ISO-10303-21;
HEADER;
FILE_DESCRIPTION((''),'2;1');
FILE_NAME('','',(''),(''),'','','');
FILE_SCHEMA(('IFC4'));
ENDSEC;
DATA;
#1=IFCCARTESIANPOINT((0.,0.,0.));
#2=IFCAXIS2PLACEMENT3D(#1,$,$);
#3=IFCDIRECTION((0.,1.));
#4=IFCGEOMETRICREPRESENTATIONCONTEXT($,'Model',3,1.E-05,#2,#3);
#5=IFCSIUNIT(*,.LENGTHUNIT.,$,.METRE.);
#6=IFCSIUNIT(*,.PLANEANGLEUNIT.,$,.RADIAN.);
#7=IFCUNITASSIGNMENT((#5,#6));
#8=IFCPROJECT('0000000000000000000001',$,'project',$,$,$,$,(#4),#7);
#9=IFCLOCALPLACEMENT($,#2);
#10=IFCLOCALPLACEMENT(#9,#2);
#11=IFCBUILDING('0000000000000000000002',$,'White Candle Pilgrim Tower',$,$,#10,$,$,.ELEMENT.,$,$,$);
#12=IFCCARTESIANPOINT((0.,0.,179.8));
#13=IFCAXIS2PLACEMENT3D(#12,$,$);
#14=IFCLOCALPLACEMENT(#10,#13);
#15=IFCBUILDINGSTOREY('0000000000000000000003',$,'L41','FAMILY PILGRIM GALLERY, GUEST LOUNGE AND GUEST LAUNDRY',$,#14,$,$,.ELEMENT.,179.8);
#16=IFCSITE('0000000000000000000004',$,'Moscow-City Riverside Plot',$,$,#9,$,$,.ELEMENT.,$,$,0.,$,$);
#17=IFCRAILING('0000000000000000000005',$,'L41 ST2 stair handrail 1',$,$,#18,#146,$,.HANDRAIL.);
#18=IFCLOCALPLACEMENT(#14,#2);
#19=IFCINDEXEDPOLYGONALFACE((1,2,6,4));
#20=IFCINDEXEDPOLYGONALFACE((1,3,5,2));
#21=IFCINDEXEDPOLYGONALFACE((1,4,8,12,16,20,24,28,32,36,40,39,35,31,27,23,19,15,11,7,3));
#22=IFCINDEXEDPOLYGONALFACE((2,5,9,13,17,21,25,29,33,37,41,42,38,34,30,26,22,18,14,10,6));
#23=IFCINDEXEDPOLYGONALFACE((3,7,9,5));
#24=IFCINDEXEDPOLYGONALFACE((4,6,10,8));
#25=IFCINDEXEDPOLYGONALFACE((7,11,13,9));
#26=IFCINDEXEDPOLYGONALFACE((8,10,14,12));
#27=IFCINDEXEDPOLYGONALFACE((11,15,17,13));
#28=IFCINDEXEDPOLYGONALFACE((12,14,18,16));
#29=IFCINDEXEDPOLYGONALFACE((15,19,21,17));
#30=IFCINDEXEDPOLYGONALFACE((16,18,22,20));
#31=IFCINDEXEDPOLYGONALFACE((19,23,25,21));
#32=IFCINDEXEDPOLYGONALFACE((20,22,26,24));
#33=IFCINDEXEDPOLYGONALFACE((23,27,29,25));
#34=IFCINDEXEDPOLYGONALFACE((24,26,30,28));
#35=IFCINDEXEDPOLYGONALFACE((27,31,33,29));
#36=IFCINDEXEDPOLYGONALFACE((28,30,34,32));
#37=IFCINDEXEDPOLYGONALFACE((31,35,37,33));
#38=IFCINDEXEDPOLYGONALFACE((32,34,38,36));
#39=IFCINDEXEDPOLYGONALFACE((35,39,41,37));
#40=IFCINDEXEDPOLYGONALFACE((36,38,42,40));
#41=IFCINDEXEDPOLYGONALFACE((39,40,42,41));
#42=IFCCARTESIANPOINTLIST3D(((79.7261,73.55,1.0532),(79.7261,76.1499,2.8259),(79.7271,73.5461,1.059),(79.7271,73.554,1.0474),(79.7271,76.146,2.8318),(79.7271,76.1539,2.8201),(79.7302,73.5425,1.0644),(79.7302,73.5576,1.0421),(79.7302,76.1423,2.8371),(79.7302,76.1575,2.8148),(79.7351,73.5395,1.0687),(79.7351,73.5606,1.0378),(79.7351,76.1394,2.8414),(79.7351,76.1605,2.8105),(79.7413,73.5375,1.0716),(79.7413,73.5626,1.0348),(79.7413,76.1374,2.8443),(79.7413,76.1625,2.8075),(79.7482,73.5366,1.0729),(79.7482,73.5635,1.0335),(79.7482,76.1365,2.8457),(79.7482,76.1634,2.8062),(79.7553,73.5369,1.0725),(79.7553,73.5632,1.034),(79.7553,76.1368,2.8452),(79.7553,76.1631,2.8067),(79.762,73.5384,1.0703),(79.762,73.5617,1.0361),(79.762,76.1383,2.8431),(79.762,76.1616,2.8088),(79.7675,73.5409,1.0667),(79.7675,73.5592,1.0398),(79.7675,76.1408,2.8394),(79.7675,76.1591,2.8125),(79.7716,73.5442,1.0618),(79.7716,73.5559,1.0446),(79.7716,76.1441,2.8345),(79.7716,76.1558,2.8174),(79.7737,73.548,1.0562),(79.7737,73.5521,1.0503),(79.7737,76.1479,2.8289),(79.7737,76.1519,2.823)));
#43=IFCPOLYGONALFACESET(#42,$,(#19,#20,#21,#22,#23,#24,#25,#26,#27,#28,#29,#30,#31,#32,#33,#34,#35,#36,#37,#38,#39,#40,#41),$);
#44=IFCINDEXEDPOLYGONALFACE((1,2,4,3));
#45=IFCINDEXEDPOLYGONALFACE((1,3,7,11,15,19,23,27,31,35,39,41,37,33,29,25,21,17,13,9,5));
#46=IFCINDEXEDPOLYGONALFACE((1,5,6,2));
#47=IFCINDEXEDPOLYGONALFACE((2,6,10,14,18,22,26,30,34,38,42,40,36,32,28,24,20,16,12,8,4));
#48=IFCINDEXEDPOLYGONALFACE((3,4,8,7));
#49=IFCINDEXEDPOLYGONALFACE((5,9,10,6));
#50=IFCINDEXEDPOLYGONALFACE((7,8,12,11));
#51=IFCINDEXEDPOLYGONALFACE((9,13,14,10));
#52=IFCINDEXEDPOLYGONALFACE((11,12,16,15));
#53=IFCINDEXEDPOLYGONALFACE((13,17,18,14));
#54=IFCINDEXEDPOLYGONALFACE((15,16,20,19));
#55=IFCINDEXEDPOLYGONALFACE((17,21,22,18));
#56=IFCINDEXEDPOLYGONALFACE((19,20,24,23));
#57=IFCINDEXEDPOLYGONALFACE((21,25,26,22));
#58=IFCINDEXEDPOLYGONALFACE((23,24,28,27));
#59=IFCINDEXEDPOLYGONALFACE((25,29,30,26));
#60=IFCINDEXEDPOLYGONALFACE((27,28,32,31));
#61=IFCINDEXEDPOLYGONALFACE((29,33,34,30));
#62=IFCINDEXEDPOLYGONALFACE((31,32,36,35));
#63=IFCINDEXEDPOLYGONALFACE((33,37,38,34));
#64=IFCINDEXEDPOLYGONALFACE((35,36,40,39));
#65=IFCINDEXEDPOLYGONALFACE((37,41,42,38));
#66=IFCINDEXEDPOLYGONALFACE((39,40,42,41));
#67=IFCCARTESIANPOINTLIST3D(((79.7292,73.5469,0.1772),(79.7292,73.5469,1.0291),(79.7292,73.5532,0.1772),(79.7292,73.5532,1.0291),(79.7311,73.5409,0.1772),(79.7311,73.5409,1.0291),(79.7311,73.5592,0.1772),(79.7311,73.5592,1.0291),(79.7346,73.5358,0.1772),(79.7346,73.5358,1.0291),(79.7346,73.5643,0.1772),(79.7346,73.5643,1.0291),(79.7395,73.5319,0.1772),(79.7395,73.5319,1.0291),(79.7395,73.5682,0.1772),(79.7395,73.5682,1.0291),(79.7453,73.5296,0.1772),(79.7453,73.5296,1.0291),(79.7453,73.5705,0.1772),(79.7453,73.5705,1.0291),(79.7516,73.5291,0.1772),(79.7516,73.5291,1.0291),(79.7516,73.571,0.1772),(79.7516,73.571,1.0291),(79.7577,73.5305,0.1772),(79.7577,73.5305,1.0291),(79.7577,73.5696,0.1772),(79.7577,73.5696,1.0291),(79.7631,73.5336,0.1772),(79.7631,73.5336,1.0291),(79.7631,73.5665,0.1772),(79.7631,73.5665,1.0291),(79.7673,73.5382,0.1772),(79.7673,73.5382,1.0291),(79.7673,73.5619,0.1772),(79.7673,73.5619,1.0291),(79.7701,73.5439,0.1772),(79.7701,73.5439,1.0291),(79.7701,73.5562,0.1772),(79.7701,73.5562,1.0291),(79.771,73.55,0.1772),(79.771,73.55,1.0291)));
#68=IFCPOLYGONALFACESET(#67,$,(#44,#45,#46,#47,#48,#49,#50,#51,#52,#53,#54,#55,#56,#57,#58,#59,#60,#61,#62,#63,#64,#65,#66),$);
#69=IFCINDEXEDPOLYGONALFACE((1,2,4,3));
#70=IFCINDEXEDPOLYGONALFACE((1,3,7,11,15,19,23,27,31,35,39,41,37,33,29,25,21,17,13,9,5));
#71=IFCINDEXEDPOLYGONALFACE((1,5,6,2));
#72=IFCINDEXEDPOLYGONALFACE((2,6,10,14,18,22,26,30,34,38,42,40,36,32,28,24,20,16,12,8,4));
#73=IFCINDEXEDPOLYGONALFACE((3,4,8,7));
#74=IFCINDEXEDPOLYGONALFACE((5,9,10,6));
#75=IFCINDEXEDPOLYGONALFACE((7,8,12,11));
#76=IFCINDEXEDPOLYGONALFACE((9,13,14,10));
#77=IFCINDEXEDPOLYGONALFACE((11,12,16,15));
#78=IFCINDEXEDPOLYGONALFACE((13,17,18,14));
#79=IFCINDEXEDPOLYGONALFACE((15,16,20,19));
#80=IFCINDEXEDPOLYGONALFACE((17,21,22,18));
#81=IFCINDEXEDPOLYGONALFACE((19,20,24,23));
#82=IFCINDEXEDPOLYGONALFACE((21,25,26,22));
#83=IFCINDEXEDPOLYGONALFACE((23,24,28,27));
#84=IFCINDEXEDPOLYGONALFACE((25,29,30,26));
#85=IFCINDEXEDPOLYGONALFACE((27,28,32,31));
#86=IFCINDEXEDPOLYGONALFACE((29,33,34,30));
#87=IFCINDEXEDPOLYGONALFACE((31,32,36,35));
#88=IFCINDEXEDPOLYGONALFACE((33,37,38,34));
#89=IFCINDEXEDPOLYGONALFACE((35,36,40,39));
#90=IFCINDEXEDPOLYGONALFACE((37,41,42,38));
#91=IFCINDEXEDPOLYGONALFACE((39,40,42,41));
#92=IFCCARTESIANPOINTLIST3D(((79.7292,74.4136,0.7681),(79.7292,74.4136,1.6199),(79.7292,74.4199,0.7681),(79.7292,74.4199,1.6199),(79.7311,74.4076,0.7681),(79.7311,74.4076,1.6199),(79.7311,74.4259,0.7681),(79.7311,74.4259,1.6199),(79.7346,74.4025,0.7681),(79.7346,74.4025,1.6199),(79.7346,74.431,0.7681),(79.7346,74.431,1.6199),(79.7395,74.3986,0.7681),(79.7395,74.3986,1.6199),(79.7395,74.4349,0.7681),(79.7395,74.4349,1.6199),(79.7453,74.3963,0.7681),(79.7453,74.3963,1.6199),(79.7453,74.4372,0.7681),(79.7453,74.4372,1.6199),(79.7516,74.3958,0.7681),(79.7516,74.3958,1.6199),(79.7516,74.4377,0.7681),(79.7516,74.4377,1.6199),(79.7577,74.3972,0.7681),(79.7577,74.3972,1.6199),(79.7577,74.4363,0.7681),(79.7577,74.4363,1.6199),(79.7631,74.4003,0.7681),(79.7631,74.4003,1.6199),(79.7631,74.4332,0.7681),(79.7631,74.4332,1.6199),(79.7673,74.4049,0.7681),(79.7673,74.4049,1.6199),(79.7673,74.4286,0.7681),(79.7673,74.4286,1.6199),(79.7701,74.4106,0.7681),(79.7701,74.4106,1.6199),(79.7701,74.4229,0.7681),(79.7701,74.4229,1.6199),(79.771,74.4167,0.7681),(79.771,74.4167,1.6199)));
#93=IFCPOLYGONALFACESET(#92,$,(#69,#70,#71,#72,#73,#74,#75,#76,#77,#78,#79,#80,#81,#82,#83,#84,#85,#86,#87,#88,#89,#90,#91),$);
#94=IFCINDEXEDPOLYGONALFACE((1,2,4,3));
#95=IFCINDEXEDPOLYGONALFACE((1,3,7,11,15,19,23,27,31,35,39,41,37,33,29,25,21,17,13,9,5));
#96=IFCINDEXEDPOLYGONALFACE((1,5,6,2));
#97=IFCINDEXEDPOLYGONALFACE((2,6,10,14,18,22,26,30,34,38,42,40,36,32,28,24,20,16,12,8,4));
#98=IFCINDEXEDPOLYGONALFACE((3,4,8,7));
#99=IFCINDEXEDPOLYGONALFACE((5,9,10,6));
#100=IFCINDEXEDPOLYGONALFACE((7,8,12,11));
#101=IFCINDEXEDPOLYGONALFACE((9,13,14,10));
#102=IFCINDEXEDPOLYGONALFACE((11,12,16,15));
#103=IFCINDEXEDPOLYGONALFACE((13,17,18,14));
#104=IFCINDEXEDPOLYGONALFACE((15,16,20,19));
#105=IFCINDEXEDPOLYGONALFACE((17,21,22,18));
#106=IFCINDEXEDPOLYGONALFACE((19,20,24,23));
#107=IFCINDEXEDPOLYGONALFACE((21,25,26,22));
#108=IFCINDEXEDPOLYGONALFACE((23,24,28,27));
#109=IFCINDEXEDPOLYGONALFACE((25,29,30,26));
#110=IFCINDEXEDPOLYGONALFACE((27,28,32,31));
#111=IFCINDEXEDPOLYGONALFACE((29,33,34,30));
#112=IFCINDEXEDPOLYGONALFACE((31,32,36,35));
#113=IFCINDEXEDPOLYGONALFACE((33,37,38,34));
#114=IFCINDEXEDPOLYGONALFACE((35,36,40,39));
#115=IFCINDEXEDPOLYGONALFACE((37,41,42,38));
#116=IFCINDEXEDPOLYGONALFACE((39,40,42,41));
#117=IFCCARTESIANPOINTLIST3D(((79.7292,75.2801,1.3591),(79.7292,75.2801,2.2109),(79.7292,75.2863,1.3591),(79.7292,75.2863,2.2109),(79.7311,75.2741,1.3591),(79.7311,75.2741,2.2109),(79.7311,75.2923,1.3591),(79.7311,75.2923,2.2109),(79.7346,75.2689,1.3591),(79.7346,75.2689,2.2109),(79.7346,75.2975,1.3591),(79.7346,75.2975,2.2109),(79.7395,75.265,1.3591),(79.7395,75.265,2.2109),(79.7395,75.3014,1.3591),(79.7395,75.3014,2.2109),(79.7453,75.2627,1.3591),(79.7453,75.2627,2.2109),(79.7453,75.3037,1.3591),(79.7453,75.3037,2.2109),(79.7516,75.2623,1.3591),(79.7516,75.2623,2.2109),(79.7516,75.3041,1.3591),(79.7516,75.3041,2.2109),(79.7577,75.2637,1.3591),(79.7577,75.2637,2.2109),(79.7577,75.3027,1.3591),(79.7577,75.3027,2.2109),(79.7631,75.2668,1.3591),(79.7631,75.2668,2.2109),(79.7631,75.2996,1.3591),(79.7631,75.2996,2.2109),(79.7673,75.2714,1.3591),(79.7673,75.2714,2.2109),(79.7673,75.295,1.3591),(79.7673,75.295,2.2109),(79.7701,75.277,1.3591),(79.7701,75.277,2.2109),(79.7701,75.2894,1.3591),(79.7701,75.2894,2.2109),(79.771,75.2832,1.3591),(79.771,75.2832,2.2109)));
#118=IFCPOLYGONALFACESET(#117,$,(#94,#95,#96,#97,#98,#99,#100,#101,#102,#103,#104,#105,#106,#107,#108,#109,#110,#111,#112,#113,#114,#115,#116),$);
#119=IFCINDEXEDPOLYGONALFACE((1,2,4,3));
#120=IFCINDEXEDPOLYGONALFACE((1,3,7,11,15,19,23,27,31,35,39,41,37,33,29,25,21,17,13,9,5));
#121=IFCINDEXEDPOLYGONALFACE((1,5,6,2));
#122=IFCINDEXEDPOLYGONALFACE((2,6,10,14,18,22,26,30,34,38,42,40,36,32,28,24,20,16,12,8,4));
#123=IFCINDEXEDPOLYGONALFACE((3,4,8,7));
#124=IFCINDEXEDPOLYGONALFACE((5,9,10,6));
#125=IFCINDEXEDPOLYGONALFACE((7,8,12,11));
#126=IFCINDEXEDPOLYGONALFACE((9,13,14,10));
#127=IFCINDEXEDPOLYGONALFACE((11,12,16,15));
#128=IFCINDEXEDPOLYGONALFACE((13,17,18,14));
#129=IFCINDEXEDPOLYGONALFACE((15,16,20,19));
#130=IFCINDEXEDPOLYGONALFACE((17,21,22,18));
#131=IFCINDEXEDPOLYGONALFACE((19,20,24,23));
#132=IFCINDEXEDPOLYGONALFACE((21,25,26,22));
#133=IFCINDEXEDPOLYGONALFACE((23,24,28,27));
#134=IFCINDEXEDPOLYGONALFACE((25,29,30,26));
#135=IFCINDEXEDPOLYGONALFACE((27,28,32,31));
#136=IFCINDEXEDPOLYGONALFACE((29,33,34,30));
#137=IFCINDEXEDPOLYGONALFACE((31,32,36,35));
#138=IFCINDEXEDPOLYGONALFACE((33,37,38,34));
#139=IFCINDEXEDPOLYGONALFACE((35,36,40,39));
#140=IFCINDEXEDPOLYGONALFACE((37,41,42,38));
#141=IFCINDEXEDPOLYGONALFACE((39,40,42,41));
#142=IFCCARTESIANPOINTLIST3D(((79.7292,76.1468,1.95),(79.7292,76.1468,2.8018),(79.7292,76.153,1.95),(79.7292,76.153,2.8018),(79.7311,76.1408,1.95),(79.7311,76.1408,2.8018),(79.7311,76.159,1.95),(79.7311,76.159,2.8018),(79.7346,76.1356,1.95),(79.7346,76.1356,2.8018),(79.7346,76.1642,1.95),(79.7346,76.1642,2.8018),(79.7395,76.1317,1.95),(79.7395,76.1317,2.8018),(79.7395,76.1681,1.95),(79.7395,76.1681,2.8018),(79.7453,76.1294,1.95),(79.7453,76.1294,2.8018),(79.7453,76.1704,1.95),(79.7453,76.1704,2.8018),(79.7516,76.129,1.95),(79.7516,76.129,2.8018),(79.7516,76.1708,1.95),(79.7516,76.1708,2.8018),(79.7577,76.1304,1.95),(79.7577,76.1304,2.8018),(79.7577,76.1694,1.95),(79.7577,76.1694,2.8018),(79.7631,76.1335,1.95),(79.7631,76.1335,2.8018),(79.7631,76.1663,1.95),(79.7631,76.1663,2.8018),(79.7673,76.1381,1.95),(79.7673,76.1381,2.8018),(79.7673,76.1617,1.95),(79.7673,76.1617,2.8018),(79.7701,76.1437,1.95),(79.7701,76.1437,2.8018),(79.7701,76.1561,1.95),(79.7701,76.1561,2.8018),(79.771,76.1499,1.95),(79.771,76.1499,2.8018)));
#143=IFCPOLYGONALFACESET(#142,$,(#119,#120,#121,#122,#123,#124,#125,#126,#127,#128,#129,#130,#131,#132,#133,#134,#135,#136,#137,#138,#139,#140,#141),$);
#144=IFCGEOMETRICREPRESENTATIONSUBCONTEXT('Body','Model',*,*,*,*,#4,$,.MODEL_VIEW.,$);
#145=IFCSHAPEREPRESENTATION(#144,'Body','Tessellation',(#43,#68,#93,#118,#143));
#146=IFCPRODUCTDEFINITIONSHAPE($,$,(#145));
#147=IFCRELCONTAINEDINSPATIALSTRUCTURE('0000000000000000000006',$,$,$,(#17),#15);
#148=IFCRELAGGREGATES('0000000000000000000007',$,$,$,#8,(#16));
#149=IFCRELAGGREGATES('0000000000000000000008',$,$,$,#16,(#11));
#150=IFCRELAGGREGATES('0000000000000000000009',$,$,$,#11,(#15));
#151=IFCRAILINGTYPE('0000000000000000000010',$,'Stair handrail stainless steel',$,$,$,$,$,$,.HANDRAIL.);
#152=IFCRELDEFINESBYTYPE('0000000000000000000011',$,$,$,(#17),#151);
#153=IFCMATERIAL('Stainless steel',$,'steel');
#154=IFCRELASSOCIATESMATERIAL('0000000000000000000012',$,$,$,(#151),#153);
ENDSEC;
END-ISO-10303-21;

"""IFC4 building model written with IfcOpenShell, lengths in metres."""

from ifc_helpers import new_model, si_unit, direction, frame, origin, origin_2d, place, context, subcontext, project, spatial, circle, extrude, material, type_object, element, save


model = new_model("IFC4")

# Units and contexts
model_context = context("Model", 3, precision=1e-05, world=origin(), true_north=direction((0.0, 1.0)))
body_context = subcontext(model_context, "Body", "Model", "MODEL_VIEW")
ifc_project = project(units=[si_unit("LENGTHUNIT", "METRE"), si_unit("PLANEANGLEUNIT", "RADIAN")], contexts=[model_context])

# Site, building, storey
site_placement = place(None, origin())
site = spatial("IfcSite", under=ifc_project, at=site_placement, Name="Moscow-City Riverside Plot", CompositionType="ELEMENT", RefElevation=0.0)
building_placement = place(site_placement, origin())
building = spatial("IfcBuilding", under=site, at=building_placement, Name="White Candle Pilgrim Tower", CompositionType="ELEMENT")
storey_placement = place(building_placement, frame((0.0, 0.0, 179.8)))
storey = spatial("IfcBuildingStorey", under=building, at=storey_placement, Name="L41", Description="FAMILY PILGRIM GALLERY, GUEST LOUNGE AND GUEST LAUNDRY", CompositionType="ELEMENT", Elevation=179.8)

# Railing
ifc_material_1 = material(Name="Stainless steel", Category="steel")
railing_type_1 = type_object("IfcRailingType", Name="Stair handrail stainless steel", PredefinedType="HANDRAIL", material=ifc_material_1)
railing_1_placement = place(storey_placement, frame((79.75, 73.55, 0.1772)))
element("IfcRailing", 1, at=railing_1_placement, inside=storey, type_object=railing_type_1, Name="L41 ST2 stair handrail 1", PredefinedType="HANDRAIL", context=body_context, shape_type="SweptSolid", body=[
    extrude(circle(Radius=0.0239, at=origin_2d()), frame((0.0, 0.0, 0.876), z_axis=(0.0, 0.826216, 0.563354), x_axis=(-1.0, 0.0, 0.0)), (0.0, 0.0, 1.0), 3.1467),
    extrude(circle(Radius=0.021, at=origin_2d()), origin(), (0.0, 0.0, 1.0), 0.8518),
    extrude(circle(Radius=0.021, at=origin_2d()), frame((0.0, 0.8667, 0.5908)), (0.0, 0.0, 1.0), 0.8518),
    extrude(circle(Radius=0.021, at=origin_2d()), frame((0.0, 1.7332, 1.1819)), (0.0, 0.0, 1.0), 0.8518),
    extrude(circle(Radius=0.021, at=origin_2d()), frame((0.0, 2.5999, 1.7727)), (0.0, 0.0, 1.0), 0.8518),
])

save(model, "model.ifc")
